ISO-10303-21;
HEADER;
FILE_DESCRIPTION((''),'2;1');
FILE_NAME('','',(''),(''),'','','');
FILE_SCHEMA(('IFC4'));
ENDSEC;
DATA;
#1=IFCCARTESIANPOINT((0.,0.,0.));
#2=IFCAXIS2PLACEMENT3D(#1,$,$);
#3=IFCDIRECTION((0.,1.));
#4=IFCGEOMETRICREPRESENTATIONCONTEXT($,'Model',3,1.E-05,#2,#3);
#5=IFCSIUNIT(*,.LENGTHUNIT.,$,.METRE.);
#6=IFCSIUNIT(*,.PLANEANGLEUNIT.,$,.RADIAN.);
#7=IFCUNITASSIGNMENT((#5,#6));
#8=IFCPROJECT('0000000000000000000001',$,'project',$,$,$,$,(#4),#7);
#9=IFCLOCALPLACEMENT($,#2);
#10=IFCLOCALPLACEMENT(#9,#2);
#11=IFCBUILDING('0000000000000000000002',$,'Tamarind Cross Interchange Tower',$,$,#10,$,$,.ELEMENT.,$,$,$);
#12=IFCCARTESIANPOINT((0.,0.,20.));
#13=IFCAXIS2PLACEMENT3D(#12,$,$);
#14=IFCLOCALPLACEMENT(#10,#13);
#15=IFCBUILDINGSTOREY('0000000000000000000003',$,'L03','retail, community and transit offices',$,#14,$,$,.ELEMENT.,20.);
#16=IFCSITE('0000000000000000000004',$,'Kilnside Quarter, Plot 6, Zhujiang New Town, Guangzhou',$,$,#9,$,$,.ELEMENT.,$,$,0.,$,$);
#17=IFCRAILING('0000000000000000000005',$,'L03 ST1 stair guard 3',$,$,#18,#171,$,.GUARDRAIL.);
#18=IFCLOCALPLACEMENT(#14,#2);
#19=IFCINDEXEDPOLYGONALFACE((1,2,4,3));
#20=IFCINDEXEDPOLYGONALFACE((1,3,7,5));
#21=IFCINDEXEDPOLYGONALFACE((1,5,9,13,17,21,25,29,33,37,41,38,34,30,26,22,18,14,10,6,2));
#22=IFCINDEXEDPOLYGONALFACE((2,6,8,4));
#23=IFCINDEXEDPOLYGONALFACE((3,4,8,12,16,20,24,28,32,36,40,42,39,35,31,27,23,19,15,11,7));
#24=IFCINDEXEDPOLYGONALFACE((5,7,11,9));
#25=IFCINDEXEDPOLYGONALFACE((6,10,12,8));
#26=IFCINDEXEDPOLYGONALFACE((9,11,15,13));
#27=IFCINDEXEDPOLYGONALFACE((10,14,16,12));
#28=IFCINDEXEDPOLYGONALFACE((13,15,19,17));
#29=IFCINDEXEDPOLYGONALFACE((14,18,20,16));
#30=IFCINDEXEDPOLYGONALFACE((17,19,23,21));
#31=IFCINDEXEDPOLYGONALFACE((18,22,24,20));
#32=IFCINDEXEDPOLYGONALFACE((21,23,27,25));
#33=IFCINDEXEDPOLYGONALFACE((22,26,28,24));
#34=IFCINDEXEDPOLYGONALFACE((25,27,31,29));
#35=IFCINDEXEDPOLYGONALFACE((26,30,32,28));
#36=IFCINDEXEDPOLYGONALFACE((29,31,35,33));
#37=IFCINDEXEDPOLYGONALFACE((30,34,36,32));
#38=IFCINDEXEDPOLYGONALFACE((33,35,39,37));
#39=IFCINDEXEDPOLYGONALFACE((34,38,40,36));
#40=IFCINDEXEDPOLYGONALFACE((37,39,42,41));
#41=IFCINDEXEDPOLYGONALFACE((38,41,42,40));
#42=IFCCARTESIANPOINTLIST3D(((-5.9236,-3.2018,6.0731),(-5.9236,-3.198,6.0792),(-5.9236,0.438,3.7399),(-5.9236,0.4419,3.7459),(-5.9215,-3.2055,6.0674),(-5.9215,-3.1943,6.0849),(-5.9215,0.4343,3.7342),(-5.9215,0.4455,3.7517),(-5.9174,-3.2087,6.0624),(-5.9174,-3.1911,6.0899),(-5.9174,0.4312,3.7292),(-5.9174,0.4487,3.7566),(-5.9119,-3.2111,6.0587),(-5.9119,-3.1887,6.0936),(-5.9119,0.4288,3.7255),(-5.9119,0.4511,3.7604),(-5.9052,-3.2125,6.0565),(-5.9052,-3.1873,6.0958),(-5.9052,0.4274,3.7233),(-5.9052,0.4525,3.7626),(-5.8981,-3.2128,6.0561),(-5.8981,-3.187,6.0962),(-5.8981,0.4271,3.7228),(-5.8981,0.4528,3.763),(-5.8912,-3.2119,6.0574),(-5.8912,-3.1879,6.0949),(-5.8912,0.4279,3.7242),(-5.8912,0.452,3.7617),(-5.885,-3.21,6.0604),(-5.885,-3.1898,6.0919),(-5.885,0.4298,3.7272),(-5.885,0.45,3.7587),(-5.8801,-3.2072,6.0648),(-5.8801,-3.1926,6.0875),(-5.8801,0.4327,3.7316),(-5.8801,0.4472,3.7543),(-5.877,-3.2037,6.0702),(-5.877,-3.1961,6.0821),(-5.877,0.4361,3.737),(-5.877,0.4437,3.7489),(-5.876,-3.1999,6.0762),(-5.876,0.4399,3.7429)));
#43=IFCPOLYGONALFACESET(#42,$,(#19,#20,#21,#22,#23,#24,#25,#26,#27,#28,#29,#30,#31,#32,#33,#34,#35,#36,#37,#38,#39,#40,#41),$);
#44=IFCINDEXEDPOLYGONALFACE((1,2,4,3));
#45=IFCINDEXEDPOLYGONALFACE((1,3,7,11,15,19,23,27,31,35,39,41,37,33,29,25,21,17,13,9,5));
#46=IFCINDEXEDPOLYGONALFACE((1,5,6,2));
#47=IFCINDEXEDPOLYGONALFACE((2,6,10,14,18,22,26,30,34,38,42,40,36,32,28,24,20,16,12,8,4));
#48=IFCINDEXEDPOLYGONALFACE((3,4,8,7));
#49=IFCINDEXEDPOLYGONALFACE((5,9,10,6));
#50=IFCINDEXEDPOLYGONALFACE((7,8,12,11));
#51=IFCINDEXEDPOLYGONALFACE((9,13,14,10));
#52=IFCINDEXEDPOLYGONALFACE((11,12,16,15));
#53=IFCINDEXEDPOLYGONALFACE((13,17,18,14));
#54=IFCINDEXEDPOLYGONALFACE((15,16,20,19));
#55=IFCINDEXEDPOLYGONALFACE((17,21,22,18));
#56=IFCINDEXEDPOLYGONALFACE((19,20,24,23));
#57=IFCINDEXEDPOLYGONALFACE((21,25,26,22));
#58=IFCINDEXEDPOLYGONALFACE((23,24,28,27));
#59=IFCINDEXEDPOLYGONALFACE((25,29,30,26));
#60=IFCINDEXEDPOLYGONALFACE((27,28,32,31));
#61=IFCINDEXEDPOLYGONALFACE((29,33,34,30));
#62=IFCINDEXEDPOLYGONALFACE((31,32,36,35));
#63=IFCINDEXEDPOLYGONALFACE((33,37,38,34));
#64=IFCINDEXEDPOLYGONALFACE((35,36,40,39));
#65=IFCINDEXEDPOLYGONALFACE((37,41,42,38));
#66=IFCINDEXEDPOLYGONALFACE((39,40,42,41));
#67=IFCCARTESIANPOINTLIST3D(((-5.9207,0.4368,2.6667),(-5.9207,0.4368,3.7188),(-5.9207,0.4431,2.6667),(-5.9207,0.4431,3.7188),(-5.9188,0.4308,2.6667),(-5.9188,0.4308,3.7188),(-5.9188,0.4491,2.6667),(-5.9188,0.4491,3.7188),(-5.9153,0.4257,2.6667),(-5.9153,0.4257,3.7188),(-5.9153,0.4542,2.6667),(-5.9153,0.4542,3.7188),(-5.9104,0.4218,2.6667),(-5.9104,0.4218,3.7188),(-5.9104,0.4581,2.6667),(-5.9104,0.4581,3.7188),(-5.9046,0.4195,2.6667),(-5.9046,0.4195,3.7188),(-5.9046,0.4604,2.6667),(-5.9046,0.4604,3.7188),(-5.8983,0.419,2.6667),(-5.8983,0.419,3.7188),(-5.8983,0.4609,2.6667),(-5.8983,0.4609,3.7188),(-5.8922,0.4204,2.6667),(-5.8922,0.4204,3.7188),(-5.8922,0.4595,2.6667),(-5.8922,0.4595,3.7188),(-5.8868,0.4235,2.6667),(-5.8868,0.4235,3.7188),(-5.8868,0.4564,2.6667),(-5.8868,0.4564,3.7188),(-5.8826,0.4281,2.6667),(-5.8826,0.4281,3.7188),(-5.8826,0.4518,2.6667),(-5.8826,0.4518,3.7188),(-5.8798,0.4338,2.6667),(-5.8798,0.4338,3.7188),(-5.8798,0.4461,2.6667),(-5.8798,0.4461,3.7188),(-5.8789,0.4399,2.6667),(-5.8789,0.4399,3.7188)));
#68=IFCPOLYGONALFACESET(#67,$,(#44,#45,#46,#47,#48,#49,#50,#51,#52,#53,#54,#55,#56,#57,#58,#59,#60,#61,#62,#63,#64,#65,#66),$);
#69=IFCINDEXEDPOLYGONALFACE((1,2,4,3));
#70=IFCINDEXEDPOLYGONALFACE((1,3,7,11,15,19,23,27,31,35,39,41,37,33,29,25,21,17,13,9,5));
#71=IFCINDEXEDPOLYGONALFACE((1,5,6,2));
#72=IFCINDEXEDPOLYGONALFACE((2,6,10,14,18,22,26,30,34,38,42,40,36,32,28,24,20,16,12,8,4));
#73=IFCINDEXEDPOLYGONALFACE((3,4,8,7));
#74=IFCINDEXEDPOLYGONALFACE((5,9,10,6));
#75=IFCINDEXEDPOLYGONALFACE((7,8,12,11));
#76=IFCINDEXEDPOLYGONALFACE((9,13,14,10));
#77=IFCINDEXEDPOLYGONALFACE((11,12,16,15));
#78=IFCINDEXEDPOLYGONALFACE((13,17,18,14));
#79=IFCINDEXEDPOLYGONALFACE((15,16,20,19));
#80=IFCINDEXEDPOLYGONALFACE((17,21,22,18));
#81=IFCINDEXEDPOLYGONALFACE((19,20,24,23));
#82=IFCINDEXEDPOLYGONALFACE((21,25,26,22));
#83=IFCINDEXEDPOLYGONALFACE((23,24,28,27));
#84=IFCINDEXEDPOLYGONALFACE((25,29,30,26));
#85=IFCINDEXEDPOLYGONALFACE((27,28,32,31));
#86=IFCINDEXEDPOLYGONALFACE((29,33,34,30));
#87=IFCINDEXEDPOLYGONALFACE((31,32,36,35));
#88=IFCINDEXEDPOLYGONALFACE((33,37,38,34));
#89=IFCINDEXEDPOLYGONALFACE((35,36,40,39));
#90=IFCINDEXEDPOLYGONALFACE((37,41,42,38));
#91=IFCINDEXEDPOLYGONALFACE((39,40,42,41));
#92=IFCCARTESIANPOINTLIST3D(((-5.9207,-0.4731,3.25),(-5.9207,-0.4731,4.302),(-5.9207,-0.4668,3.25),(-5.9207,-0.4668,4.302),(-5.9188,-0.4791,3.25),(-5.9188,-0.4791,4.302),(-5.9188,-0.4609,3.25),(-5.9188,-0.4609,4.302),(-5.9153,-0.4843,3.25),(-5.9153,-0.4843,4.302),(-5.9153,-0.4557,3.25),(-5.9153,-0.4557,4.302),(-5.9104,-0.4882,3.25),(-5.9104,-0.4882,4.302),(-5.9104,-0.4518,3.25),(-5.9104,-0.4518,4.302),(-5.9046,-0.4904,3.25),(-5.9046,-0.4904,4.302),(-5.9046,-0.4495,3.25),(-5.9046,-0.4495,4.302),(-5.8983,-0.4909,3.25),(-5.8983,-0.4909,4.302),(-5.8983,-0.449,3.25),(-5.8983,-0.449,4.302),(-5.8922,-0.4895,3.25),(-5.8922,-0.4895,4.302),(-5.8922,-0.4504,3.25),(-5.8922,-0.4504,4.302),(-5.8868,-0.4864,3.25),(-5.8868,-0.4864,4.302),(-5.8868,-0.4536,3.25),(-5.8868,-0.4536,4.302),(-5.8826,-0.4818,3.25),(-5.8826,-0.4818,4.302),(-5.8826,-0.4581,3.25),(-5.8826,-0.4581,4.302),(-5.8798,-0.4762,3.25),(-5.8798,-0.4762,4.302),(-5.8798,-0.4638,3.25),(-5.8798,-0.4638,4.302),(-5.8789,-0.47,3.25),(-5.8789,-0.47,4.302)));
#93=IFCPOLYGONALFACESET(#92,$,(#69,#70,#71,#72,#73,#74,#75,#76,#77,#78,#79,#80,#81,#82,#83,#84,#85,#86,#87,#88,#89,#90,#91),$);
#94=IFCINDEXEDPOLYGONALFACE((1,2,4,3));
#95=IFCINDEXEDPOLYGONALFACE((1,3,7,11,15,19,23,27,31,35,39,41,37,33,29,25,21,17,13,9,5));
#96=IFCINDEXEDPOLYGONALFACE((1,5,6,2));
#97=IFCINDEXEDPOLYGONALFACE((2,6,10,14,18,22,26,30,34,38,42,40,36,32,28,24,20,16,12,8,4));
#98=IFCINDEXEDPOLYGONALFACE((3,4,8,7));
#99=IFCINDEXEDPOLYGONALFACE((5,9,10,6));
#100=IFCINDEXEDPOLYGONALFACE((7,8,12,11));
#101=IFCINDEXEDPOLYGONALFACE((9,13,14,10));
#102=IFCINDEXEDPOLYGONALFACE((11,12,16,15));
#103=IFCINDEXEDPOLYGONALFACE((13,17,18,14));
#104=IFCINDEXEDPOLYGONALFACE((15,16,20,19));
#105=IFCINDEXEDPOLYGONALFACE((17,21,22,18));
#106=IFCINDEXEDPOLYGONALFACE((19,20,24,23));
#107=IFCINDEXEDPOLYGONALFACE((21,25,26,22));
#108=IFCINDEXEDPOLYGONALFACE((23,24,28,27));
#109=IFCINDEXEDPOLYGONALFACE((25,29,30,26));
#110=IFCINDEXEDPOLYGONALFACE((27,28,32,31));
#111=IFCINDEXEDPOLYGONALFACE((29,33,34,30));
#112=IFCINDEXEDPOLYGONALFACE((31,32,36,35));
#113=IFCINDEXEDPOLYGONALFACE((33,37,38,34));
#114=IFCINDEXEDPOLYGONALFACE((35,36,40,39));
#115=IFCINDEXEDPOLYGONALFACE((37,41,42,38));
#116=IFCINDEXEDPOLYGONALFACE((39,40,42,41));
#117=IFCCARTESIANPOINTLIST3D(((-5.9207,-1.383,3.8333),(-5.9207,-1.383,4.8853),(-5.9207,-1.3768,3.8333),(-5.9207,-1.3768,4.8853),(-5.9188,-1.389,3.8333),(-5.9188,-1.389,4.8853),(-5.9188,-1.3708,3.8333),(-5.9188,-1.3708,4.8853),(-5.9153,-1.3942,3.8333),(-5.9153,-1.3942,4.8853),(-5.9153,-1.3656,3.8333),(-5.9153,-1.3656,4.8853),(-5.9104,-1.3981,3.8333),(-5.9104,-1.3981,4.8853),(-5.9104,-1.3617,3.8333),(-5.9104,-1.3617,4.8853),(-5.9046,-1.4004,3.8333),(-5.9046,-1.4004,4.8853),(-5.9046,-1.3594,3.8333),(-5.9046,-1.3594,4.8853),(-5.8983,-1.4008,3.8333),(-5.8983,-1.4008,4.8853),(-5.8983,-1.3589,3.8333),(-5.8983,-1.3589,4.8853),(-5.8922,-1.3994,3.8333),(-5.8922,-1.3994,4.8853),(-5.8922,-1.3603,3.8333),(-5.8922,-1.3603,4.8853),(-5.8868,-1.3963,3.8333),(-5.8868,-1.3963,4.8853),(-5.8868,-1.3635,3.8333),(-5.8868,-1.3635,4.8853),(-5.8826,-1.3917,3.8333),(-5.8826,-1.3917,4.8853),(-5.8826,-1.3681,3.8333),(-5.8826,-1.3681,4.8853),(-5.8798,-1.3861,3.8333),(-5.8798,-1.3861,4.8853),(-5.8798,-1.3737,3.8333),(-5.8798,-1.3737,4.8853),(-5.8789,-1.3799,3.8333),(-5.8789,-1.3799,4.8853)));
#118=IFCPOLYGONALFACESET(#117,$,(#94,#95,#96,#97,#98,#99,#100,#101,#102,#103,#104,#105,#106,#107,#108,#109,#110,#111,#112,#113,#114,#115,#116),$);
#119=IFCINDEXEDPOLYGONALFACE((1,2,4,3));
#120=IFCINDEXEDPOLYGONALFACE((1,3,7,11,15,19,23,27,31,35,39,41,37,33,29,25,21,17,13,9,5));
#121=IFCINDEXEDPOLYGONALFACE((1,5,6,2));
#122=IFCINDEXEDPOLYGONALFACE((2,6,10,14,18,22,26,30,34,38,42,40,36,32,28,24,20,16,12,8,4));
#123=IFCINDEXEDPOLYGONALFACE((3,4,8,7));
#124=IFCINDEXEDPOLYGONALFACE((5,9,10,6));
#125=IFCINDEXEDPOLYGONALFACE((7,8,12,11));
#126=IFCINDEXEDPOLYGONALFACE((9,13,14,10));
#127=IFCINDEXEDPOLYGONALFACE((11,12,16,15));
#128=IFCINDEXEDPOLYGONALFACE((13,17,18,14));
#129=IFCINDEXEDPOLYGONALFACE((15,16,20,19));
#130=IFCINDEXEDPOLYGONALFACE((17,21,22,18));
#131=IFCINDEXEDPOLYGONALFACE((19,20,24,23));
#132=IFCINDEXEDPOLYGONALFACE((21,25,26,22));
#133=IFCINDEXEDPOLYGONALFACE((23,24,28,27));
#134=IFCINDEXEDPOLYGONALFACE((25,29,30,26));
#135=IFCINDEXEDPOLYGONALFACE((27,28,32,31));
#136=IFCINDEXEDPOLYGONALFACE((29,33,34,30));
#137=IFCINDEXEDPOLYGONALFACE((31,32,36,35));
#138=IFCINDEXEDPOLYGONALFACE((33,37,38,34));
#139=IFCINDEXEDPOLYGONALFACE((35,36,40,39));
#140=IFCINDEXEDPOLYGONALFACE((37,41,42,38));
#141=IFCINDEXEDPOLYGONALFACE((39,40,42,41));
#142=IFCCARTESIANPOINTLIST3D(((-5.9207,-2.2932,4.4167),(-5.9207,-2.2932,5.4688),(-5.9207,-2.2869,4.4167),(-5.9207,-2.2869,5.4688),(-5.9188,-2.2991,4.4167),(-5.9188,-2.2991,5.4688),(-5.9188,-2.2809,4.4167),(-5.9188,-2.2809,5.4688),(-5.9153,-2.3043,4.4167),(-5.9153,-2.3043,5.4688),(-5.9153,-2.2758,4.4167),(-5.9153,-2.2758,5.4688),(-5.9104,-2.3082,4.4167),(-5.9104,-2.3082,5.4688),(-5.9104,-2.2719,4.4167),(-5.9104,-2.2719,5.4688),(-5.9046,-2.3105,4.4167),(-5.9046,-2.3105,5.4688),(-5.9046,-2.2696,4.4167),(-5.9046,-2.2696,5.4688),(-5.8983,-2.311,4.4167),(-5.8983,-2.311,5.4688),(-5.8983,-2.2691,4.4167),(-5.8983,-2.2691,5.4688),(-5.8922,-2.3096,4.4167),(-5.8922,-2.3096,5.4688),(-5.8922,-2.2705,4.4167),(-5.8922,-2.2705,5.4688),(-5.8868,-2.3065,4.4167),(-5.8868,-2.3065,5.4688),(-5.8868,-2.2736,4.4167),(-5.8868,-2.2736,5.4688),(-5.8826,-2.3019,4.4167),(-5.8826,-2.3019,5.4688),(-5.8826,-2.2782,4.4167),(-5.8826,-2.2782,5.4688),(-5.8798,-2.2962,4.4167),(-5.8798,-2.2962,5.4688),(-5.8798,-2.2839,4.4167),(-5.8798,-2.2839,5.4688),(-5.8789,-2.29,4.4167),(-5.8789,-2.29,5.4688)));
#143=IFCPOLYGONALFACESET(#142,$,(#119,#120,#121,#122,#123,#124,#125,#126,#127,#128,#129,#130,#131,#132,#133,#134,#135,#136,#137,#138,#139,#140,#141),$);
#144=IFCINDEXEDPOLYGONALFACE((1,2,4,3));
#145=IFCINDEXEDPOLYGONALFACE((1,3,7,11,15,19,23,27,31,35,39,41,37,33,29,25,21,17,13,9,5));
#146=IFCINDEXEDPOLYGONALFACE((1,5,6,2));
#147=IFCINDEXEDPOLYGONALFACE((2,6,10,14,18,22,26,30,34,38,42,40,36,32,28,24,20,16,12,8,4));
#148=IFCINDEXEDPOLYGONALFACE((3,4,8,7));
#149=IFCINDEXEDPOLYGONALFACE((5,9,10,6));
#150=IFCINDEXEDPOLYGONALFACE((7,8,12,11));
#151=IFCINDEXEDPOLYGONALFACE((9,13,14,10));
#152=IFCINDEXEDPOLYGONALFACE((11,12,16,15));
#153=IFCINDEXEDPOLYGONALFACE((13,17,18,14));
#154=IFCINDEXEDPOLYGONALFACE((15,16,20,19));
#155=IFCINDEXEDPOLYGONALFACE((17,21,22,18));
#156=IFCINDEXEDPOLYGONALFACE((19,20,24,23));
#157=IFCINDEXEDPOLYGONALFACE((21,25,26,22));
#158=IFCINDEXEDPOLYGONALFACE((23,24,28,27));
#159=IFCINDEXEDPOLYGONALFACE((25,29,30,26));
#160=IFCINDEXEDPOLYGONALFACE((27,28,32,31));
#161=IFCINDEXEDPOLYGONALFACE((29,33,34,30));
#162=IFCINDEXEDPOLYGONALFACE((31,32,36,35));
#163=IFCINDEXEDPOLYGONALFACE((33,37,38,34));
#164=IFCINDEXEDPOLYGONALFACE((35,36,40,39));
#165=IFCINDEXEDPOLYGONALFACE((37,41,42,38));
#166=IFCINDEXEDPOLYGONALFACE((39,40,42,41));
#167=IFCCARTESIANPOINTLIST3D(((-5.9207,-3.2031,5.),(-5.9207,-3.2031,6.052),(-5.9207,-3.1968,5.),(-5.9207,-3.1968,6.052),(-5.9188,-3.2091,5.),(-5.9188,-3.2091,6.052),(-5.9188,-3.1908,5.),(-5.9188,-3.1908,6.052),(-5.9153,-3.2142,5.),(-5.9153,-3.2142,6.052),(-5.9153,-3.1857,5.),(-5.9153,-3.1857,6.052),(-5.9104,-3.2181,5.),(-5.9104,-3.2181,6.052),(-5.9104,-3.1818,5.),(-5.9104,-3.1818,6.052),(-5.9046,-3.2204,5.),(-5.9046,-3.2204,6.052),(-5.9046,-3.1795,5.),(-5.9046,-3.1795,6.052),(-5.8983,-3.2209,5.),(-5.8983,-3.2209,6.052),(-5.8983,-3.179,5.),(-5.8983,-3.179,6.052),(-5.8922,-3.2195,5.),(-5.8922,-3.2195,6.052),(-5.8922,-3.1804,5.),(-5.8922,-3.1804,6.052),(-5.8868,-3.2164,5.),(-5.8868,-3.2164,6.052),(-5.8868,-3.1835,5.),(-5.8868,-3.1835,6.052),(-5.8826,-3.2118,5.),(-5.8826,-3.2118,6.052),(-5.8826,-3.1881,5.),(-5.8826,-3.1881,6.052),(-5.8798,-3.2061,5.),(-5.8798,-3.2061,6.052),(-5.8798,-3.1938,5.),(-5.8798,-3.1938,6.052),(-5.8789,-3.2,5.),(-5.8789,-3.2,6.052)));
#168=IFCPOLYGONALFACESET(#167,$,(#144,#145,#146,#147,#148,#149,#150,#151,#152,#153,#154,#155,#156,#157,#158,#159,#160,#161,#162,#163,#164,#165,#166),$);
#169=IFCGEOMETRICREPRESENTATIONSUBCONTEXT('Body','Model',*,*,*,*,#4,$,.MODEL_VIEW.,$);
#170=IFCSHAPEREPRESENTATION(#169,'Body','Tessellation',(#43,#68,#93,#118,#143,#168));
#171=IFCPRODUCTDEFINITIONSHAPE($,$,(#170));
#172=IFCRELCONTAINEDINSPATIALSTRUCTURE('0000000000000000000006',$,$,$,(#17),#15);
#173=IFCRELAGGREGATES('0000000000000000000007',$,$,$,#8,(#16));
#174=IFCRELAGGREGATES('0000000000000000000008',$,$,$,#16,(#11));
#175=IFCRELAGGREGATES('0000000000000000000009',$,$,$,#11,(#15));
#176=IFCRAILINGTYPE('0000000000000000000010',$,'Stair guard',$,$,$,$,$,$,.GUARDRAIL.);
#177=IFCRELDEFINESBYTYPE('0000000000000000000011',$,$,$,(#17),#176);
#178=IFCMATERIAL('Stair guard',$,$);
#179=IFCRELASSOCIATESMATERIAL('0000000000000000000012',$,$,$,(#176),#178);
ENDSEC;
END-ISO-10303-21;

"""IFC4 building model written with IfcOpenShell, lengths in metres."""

from ifc_helpers import new_model, si_unit, direction, frame, origin, origin_2d, place, context, subcontext, project, spatial, circle, extrude, material, type_object, element, save


model = new_model("IFC4")

# Units and contexts
model_context = context("Model", 3, precision=1e-05, world=origin(), true_north=direction((0.0, 1.0)))
body_context = subcontext(model_context, "Body", "Model", "MODEL_VIEW")
ifc_project = project(units=[si_unit("LENGTHUNIT", "METRE"), si_unit("PLANEANGLEUNIT", "RADIAN")], contexts=[model_context])

# Site, building, storey
site_placement = place(None, origin())
site = spatial("IfcSite", under=ifc_project, at=site_placement, Name="Kilnside Quarter, Plot 6, Zhujiang New Town, Guangzhou", CompositionType="ELEMENT", RefElevation=0.0)
building_placement = place(site_placement, origin())
building = spatial("IfcBuilding", under=site, at=building_placement, Name="Tamarind Cross Interchange Tower", CompositionType="ELEMENT")
storey_placement = place(building_placement, frame((0.0, 0.0, 20.0)))
storey = spatial("IfcBuildingStorey", under=building, at=storey_placement, Name="L03", Description="retail, community and transit offices", CompositionType="ELEMENT", Elevation=20.0)

# Railing
ifc_material_1 = material(Name="Stair guard")
railing_type_1 = type_object("IfcRailingType", Name="Stair guard", PredefinedType="GUARDRAIL", material=ifc_material_1)
railing_1_placement = place(storey_placement, frame((-5.8999, 0.4399, 2.6667)))
element("IfcRailing", 1, at=railing_1_placement, inside=storey, type_object=railing_type_1, Name="L03 ST1 stair guard 3", PredefinedType="GUARDRAIL", context=body_context, shape_type="SweptSolid", body=[
    extrude(circle(Radius=0.0239, at=origin_2d()), frame((0.0, 0.0, 1.0762), z_axis=(0.0, -0.84188, 0.539664), x_axis=(1.0, 0.0, 0.0)), (0.0, 0.0, 1.0), 4.3235),
    extrude(circle(Radius=0.021, at=origin_2d()), origin(), (0.0, 0.0, 1.0), 1.052),
    extrude(circle(Radius=0.021, at=origin_2d()), frame((0.0, -0.9099, 0.5833)), (0.0, 0.0, 1.0), 1.052),
    extrude(circle(Radius=0.021, at=origin_2d()), frame((0.0, -1.8198, 1.1665)), (0.0, 0.0, 1.0), 1.052),
    extrude(circle(Radius=0.021, at=origin_2d()), frame((0.0, -2.73, 1.75)), (0.0, 0.0, 1.0), 1.052),
    extrude(circle(Radius=0.021, at=origin_2d()), frame((0.0, -3.6399, 2.3333)), (0.0, 0.0, 1.0), 1.052),
])

save(model, "model.ifc")
